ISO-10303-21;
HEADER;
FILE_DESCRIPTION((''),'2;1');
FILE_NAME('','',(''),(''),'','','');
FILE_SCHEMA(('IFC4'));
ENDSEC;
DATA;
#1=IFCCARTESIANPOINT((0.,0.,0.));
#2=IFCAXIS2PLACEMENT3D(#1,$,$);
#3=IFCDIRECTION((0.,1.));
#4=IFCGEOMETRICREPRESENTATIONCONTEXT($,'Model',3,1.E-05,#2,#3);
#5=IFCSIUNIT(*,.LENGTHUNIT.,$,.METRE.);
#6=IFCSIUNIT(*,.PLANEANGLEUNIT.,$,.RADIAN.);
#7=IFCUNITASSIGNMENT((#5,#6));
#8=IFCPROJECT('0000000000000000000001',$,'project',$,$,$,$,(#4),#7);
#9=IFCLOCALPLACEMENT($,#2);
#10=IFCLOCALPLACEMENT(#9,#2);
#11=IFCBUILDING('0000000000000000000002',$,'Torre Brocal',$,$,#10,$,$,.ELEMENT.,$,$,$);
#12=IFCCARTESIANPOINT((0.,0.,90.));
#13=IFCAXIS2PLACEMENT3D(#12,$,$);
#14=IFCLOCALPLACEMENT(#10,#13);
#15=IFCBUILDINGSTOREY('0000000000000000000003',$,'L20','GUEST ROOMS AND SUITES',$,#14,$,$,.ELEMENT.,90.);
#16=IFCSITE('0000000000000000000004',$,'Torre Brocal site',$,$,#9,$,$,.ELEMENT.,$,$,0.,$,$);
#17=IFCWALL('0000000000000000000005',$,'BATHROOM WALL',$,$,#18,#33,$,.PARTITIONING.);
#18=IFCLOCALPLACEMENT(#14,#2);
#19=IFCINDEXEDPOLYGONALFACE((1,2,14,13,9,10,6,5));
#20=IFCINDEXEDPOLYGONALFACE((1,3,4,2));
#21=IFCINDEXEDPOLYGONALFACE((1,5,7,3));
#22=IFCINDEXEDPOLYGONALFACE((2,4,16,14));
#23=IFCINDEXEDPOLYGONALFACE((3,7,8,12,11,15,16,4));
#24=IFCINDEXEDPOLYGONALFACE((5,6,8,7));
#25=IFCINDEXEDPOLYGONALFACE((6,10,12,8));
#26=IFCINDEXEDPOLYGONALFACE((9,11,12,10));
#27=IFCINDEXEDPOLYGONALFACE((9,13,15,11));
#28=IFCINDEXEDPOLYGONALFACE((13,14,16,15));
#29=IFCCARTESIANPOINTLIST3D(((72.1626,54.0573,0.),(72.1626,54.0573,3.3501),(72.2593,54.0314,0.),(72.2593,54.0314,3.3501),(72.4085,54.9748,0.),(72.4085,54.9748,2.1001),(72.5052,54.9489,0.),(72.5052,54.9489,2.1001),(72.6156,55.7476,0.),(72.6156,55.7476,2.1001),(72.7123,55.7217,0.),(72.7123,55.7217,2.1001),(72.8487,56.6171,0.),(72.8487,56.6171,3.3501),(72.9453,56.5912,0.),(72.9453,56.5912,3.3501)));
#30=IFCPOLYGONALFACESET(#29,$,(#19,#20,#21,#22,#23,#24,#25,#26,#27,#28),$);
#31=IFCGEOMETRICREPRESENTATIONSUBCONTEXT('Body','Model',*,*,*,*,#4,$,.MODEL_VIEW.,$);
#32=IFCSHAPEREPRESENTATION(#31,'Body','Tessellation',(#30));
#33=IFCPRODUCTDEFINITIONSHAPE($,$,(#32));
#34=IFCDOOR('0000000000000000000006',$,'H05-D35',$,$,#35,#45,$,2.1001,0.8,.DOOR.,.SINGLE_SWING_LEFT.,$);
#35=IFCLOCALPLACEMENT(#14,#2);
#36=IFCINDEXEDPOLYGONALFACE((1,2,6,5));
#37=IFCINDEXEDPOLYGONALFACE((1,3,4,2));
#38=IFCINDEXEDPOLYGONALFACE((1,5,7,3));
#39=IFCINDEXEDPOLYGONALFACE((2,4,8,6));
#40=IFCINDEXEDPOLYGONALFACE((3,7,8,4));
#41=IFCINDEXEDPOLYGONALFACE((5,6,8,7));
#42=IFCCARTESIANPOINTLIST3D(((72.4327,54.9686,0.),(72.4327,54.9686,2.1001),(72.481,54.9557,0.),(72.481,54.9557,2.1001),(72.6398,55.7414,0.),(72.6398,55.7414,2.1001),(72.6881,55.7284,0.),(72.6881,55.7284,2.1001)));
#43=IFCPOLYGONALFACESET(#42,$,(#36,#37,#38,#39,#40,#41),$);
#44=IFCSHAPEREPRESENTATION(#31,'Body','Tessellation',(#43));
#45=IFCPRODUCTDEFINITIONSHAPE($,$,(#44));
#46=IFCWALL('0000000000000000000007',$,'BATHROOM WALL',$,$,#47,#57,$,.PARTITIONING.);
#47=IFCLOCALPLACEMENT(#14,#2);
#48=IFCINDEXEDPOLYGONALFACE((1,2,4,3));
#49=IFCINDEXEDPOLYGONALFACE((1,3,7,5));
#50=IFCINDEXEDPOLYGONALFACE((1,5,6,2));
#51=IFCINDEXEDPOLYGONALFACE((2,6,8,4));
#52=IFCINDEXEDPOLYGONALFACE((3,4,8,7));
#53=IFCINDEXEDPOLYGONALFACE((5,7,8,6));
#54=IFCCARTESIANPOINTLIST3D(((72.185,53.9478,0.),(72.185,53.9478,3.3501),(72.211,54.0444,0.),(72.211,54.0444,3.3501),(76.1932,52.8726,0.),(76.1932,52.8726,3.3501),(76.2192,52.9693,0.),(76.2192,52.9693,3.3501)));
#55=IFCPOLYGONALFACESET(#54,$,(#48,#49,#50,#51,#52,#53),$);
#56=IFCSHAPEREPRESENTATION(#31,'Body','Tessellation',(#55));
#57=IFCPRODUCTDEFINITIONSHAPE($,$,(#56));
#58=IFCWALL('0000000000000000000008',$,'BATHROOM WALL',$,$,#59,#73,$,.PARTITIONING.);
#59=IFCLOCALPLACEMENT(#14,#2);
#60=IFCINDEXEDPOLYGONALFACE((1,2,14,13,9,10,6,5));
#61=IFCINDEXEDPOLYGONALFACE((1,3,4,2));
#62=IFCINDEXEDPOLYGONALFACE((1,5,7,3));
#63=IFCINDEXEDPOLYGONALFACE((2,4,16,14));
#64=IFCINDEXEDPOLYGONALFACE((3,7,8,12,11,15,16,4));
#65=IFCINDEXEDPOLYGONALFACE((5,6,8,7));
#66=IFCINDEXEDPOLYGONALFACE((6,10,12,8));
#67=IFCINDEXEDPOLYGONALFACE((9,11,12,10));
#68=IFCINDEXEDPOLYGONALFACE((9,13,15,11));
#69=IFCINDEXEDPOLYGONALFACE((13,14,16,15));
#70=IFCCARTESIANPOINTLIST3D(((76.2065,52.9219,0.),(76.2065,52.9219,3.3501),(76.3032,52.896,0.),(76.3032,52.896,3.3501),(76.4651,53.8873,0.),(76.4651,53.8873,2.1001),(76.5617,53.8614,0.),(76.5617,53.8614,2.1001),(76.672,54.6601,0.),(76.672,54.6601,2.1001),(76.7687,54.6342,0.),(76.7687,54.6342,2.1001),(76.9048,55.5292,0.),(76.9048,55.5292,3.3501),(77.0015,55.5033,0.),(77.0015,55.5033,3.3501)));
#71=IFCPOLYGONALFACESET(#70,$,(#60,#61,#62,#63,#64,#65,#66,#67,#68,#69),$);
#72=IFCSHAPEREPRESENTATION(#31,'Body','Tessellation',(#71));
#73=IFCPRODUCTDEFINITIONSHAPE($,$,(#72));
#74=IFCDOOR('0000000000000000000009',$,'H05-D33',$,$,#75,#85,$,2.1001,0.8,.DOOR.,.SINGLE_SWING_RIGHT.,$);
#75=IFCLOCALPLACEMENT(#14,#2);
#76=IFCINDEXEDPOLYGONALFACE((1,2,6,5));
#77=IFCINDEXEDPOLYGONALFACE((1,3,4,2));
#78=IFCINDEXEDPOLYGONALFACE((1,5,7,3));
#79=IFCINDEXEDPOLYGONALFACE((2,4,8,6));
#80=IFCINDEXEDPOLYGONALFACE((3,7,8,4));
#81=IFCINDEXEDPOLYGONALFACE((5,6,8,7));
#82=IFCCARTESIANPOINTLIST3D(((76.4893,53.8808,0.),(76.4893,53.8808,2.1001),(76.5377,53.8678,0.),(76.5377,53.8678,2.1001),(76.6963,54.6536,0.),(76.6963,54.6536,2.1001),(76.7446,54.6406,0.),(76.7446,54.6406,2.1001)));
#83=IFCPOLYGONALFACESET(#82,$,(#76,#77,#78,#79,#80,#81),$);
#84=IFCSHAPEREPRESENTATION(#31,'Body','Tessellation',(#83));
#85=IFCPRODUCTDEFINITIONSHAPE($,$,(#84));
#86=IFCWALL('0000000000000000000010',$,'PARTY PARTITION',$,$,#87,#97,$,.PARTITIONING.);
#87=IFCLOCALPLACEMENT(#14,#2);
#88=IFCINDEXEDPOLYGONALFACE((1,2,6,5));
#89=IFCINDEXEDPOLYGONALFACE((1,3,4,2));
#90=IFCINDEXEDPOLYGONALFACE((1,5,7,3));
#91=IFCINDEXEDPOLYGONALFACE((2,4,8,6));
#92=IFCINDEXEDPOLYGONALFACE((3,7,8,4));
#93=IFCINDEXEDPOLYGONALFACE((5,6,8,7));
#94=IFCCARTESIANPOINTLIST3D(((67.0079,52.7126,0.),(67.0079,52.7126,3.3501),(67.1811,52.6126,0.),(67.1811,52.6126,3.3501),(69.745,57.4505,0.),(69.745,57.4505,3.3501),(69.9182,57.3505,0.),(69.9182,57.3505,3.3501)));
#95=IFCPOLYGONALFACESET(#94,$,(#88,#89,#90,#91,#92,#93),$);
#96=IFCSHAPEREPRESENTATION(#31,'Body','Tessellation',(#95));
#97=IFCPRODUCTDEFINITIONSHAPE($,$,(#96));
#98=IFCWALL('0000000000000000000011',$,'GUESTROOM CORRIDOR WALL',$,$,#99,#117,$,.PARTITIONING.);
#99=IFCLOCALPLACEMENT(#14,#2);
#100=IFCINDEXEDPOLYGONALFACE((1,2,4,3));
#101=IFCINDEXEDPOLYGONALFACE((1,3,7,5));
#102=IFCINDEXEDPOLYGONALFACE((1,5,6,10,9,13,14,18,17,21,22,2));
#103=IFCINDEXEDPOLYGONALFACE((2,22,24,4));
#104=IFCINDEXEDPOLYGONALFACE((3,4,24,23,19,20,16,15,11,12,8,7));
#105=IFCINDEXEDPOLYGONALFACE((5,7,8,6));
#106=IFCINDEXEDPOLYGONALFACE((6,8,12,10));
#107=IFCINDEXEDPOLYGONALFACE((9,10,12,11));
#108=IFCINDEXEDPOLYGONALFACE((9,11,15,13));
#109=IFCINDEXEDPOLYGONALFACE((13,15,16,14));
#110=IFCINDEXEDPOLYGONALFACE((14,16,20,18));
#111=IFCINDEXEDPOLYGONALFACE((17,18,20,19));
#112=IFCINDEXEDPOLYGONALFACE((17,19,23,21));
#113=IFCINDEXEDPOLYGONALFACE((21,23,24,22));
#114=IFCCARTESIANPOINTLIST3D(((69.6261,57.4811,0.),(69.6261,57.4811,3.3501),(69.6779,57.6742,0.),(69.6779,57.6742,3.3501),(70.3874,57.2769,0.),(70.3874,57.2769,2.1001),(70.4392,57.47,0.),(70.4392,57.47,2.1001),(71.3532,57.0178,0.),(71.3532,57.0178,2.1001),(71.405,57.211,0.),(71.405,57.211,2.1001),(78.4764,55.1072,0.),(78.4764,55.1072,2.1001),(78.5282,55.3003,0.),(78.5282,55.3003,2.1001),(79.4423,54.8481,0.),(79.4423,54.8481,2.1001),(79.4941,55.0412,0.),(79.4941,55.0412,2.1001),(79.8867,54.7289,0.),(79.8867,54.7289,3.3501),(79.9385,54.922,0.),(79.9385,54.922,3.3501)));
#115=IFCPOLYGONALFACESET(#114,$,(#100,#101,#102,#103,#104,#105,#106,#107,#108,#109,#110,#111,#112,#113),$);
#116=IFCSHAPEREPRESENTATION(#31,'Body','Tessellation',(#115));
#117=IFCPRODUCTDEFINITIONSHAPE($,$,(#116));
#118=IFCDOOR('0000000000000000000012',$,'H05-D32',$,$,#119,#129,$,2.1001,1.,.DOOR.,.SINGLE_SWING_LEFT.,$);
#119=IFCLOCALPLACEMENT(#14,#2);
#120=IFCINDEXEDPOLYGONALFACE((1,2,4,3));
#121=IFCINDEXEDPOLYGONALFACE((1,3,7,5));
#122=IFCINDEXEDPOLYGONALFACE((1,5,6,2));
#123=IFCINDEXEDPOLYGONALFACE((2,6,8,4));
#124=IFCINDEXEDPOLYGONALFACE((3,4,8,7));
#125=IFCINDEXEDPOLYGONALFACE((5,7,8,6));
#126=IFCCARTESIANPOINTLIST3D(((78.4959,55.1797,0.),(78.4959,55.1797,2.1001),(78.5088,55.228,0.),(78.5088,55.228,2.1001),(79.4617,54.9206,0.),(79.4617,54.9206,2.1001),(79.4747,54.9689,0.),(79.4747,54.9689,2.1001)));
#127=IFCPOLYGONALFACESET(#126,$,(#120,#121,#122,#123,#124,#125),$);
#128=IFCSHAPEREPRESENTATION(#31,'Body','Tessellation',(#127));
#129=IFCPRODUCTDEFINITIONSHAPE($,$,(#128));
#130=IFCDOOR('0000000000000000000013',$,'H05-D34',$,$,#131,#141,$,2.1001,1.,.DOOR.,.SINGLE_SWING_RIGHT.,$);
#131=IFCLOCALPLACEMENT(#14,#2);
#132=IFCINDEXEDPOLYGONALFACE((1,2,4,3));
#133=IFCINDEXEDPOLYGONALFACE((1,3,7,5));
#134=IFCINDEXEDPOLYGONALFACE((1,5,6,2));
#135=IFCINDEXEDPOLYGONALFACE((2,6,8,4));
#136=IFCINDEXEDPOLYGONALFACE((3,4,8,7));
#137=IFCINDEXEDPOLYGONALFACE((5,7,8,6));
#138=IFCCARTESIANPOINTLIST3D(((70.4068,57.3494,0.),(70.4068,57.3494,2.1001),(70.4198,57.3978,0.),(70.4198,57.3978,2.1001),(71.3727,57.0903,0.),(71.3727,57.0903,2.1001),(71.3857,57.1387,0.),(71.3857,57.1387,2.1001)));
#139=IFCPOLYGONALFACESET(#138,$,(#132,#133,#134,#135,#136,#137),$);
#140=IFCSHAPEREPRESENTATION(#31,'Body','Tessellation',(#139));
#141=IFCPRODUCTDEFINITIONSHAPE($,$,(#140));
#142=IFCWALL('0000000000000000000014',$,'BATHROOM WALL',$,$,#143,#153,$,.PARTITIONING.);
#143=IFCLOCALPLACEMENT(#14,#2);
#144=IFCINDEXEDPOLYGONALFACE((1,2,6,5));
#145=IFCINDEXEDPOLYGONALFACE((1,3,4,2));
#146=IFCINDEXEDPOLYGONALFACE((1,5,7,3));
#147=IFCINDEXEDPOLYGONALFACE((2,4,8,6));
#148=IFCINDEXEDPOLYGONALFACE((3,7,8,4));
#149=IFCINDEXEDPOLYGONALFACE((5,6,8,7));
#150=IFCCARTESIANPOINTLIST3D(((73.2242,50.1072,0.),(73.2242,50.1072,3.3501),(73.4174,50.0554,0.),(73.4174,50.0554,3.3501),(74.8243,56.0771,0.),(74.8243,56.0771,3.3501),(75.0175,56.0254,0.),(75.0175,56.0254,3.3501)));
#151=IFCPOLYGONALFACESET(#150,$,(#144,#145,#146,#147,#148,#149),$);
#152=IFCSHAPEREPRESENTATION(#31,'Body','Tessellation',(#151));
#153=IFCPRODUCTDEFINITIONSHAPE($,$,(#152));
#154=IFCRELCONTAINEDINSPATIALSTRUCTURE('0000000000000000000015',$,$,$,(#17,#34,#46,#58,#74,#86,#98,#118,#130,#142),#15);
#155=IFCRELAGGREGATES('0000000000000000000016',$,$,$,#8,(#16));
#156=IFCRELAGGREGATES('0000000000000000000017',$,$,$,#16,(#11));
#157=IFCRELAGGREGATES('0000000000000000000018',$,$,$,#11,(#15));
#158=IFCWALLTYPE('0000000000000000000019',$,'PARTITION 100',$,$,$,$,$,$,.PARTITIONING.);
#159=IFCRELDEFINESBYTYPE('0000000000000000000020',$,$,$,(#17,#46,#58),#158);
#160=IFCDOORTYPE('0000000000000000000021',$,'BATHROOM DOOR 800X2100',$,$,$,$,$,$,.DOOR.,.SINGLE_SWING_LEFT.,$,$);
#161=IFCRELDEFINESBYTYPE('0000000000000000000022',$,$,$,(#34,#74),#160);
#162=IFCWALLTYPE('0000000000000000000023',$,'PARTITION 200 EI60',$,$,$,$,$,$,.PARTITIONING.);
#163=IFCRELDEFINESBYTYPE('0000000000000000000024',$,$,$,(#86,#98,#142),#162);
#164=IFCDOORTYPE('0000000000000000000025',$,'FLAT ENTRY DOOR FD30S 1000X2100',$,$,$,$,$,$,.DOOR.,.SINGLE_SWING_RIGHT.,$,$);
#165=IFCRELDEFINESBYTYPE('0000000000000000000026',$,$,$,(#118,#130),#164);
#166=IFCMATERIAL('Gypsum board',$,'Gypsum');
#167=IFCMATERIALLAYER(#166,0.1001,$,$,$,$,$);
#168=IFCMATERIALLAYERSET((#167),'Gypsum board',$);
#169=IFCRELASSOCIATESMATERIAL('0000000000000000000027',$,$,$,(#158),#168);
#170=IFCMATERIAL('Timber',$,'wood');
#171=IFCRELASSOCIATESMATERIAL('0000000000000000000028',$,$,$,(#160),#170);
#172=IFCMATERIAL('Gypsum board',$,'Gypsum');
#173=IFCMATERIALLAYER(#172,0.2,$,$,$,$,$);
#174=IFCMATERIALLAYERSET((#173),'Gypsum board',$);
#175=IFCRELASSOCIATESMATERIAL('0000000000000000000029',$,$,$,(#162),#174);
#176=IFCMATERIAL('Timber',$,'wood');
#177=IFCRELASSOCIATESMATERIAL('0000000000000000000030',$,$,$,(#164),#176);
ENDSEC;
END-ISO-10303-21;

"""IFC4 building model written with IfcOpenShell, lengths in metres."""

from ifc_helpers import new_model, si_unit, direction, frame, frame_2d, origin, place, context, subcontext, project, spatial, rectangle, extrude, material, layer, layer_set, type_object, element, fill, save


model = new_model("IFC4")

# Units and contexts
model_context = context("Model", 3, precision=1e-05, world=origin(), true_north=direction((0.0, 1.0)))
body_context = subcontext(model_context, "Body", "Model", "MODEL_VIEW")
ifc_project = project(units=[si_unit("LENGTHUNIT", "METRE"), si_unit("PLANEANGLEUNIT", "RADIAN")], contexts=[model_context])

# Site, building, storey
site_placement = place(None, origin())
site = spatial("IfcSite", under=ifc_project, at=site_placement, Name="Torre Brocal site", CompositionType="ELEMENT", RefElevation=0.0)
building_placement = place(site_placement, origin())
building = spatial("IfcBuilding", under=site, at=building_placement, Name="Torre Brocal", CompositionType="ELEMENT")
storey_placement = place(building_placement, frame((0.0, 0.0, 90.0)))
storey = spatial("IfcBuildingStorey", under=building, at=storey_placement, Name="L20", Description="GUEST ROOMS AND SUITES", CompositionType="ELEMENT", Elevation=90.0)

# Wall, opening, door
ifc_material_1 = material(Name="Gypsum board", Category="Gypsum")
ifc_layer_1 = layer(ifc_material_1, 0.1001)
ifc_layer_set_1 = layer_set([ifc_layer_1], Name="Gypsum board")
wall_type_1 = type_object("IfcWallType", Name="PARTITION 100", PredefinedType="PARTITIONING", material=ifc_layer_set_1)
wall_1_placement = place(storey_placement, frame((72.2109, 54.0442, 0.0), z_axis=(0.0, 0.0, 1.0), x_axis=(0.258867, 0.965913, 0.0)))
wall_1 = element("IfcWall", 1, at=wall_1_placement, inside=storey, type_object=wall_type_1, Name="BATHROOM WALL", PredefinedType="PARTITIONING", context=body_context, shape_type="SweptSolid", body=[
    extrude(rectangle(XDim=2.6501, YDim=0.1001, at=frame_2d((1.3252, 0.0))), origin(), (0.0, 0.0, 1.0), 3.3501),
])
opening_1_placement = place(wall_1_placement, frame((0.9502, 0.0, 0.0)))
opening_1 = element("IfcOpeningElement", 2, at=opening_1_placement, cuts=wall_1, PredefinedType="OPENING", context=body_context, shape_type="SweptSolid", body=[
    extrude(rectangle(XDim=0.8, YDim=2.1001, at=frame_2d((0.3999, 1.05))), frame((0.0, 0.0601, 0.0), z_axis=(0.0, -1.0, 0.0), x_axis=(1.0, 0.0, 0.0)), (0.0, 0.0, 1.0), 0.1201),
])
ifc_material_2 = material(Name="Timber", Category="wood")
door_type_1 = type_object("IfcDoorType", Name="BATHROOM DOOR 800X2100", OperationType="SINGLE_SWING_LEFT", PredefinedType="DOOR", material=ifc_material_2)
door_1_placement = place(opening_1_placement, frame((0.8, 0.0, 0.0), z_axis=(0.0, 0.0, 1.0), x_axis=(-1.0, 0.0, 0.0)))
door_1 = element("IfcDoor", 3, at=door_1_placement, inside=storey, type_object=door_type_1, Name="H05-D35", OperationType="SINGLE_SWING_LEFT", OverallHeight=2.1001, OverallWidth=0.8, PredefinedType="DOOR", context=body_context, shape_type="SweptSolid", body=[
    extrude(rectangle(XDim=0.8, YDim=2.1001, at=frame_2d((0.3999, 1.05))), frame((0.0, 0.0249, 0.0), z_axis=(0.0, -1.0, 0.0), x_axis=(1.0, 0.0, 0.0)), (0.0, 0.0, 1.0), 0.05),
])
fill(opening_1, door_1)

# Wall
wall_2_placement = place(storey_placement, frame((72.198, 53.9961, 0.0), z_axis=(0.0, 0.0, 1.0), x_axis=(0.965855, -0.259083, 0.0)))
element("IfcWall", 4, at=wall_2_placement, inside=storey, type_object=wall_type_1, Name="BATHROOM WALL", PredefinedType="PARTITIONING", context=body_context, shape_type="SweptSolid", body=[
    extrude(rectangle(XDim=4.1499, YDim=0.1001, at=frame_2d((2.075, 0.0))), origin(), (0.0, 0.0, 1.0), 3.3501),
])

# Wall, opening, door
wall_3_placement = place(storey_placement, frame((76.2549, 52.9089, 0.0), z_axis=(0.0, 0.0, 1.0), x_axis=(0.258676, 0.965964, 0.0)))
wall_3 = element("IfcWall", 5, at=wall_3_placement, inside=storey, type_object=wall_type_1, Name="BATHROOM WALL", PredefinedType="PARTITIONING", context=body_context, shape_type="SweptSolid", body=[
    extrude(rectangle(XDim=2.6992, YDim=0.1001, at=frame_2d((1.3496, 0.0))), origin(), (0.0, 0.0, 1.0), 3.3501),
])
opening_2_placement = place(wall_3_placement, frame((0.9995, 0.0, 0.0)))
opening_2 = element("IfcOpeningElement", 6, at=opening_2_placement, cuts=wall_3, PredefinedType="OPENING", context=body_context, shape_type="SweptSolid", body=[
    extrude(rectangle(XDim=0.8, YDim=2.1001, at=frame_2d((0.3999, 1.05))), frame((0.0, 0.0601, 0.0), z_axis=(0.0, -1.0, 0.0), x_axis=(1.0, 0.0, 0.0)), (0.0, 0.0, 1.0), 0.1201),
])
door_2_placement = place(opening_2_placement, origin())
door_2 = element("IfcDoor", 7, at=door_2_placement, inside=storey, type_object=door_type_1, Name="H05-D33", OperationType="SINGLE_SWING_RIGHT", OverallHeight=2.1001, OverallWidth=0.8, PredefinedType="DOOR", context=body_context, shape_type="SweptSolid", body=[
    extrude(rectangle(XDim=0.8, YDim=2.1001, at=frame_2d((0.3999, 1.05))), frame((0.0, 0.0249, 0.0), z_axis=(0.0, -1.0, 0.0), x_axis=(1.0, 0.0, 0.0)), (0.0, 0.0, 1.0), 0.05),
])
fill(opening_2, door_2)

# Wall
ifc_material_3 = material(Name="Gypsum board", Category="Gypsum")
ifc_layer_2 = layer(ifc_material_3, 0.2)
ifc_layer_set_2 = layer_set([ifc_layer_2], Name="Gypsum board")
wall_type_2 = type_object("IfcWallType", Name="PARTITION 200 EI60", PredefinedType="PARTITIONING", material=ifc_layer_set_2)
wall_4_placement = place(storey_placement, frame((67.0945, 52.6626, 0.0), z_axis=(0.0, 0.0, 1.0), x_axis=(0.500232, 0.865891, 0.0)))
element("IfcWall", 8, at=wall_4_placement, inside=storey, type_object=wall_type_2, Name="PARTY PARTITION", PredefinedType="PARTITIONING", context=body_context, shape_type="SweptSolid", body=[
    extrude(rectangle(XDim=5.4717, YDim=0.2, at=frame_2d((2.7358, 0.0))), origin(), (0.0, 0.0, 1.0), 3.3501),
])

# Wall, openings, doors
wall_5_placement = place(storey_placement, frame((69.6521, 57.5776, 0.0), z_axis=(0.0, 0.0, 1.0), x_axis=(0.965857, -0.259074, 0.0)))
wall_5 = element("IfcWall", 9, at=wall_5_placement, inside=storey, type_object=wall_type_2, Name="GUESTROOM CORRIDOR WALL", PredefinedType="PARTITIONING", context=body_context, shape_type="SweptSolid", body=[
    extrude(rectangle(XDim=10.6233, YDim=0.2, at=frame_2d((5.3115, 0.0))), origin(), (0.0, 0.0, 1.0), 3.3501),
])
opening_3_placement = place(wall_5_placement, frame((9.1631, 0.0, 0.0)))
opening_3 = element("IfcOpeningElement", 10, at=opening_3_placement, cuts=wall_5, PredefinedType="OPENING", context=body_context, shape_type="SweptSolid", body=[
    extrude(rectangle(XDim=1.0, YDim=2.1001, at=frame_2d((0.5, 1.05))), frame((0.0, 0.1099, 0.0), z_axis=(0.0, -1.0, 0.0), x_axis=(1.0, 0.0, 0.0)), (0.0, 0.0, 1.0), 0.22),
])
opening_4_placement = place(wall_5_placement, frame((0.7881, 0.0, 0.0)))
opening_4 = element("IfcOpeningElement", 11, at=opening_4_placement, cuts=wall_5, PredefinedType="OPENING", context=body_context, shape_type="SweptSolid", body=[
    extrude(rectangle(XDim=1.0, YDim=2.1001, at=frame_2d((0.5, 1.05))), frame((0.0, 0.1099, 0.0), z_axis=(0.0, -1.0, 0.0), x_axis=(1.0, 0.0, 0.0)), (0.0, 0.0, 1.0), 0.22),
])
ifc_material_4 = material(Name="Timber", Category="wood")
door_type_2 = type_object("IfcDoorType", Name="FLAT ENTRY DOOR FD30S 1000X2100", OperationType="SINGLE_SWING_RIGHT", PredefinedType="DOOR", material=ifc_material_4)
door_3_placement = place(opening_3_placement, frame((1.0, 0.0, 0.0), z_axis=(0.0, 0.0, 1.0), x_axis=(-1.0, 0.0, 0.0)))
door_3 = element("IfcDoor", 12, at=door_3_placement, inside=storey, type_object=door_type_2, Name="H05-D32", OperationType="SINGLE_SWING_LEFT", OverallHeight=2.1001, OverallWidth=1.0, PredefinedType="DOOR", context=body_context, shape_type="SweptSolid", body=[
    extrude(rectangle(XDim=1.0, YDim=2.1001, at=frame_2d((0.5, 1.05))), frame((0.0, 0.0249, 0.0), z_axis=(0.0, -1.0, 0.0), x_axis=(1.0, 0.0, 0.0)), (0.0, 0.0, 1.0), 0.05),
])
fill(opening_3, door_3)
door_4_placement = place(opening_4_placement, frame((1.0, 0.0, 0.0), z_axis=(0.0, 0.0, 1.0), x_axis=(-1.0, 0.0, 0.0)))
door_4 = element("IfcDoor", 13, at=door_4_placement, inside=storey, type_object=door_type_2, Name="H05-D34", OperationType="SINGLE_SWING_RIGHT", OverallHeight=2.1001, OverallWidth=1.0, PredefinedType="DOOR", context=body_context, shape_type="SweptSolid", body=[
    extrude(rectangle(XDim=1.0, YDim=2.1001, at=frame_2d((0.5, 1.05))), frame((0.0, 0.0249, 0.0), z_axis=(0.0, -1.0, 0.0), x_axis=(1.0, 0.0, 0.0)), (0.0, 0.0, 1.0), 0.05),
])
fill(opening_4, door_4)

# Wall
wall_6_placement = place(storey_placement, frame((73.3208, 50.0813, 0.0), z_axis=(0.0, 0.0, 1.0), x_axis=(0.258887, 0.965908, 0.0)))
element("IfcWall", 14, at=wall_6_placement, inside=storey, type_object=wall_type_2, Name="BATHROOM WALL", PredefinedType="PARTITIONING", context=body_context, shape_type="SweptSolid", body=[
    extrude(rectangle(XDim=6.1807, YDim=0.2, at=frame_2d((3.0903, 0.0))), origin(), (0.0, 0.0, 1.0), 3.3501),
])

save(model, "model.ifc")
